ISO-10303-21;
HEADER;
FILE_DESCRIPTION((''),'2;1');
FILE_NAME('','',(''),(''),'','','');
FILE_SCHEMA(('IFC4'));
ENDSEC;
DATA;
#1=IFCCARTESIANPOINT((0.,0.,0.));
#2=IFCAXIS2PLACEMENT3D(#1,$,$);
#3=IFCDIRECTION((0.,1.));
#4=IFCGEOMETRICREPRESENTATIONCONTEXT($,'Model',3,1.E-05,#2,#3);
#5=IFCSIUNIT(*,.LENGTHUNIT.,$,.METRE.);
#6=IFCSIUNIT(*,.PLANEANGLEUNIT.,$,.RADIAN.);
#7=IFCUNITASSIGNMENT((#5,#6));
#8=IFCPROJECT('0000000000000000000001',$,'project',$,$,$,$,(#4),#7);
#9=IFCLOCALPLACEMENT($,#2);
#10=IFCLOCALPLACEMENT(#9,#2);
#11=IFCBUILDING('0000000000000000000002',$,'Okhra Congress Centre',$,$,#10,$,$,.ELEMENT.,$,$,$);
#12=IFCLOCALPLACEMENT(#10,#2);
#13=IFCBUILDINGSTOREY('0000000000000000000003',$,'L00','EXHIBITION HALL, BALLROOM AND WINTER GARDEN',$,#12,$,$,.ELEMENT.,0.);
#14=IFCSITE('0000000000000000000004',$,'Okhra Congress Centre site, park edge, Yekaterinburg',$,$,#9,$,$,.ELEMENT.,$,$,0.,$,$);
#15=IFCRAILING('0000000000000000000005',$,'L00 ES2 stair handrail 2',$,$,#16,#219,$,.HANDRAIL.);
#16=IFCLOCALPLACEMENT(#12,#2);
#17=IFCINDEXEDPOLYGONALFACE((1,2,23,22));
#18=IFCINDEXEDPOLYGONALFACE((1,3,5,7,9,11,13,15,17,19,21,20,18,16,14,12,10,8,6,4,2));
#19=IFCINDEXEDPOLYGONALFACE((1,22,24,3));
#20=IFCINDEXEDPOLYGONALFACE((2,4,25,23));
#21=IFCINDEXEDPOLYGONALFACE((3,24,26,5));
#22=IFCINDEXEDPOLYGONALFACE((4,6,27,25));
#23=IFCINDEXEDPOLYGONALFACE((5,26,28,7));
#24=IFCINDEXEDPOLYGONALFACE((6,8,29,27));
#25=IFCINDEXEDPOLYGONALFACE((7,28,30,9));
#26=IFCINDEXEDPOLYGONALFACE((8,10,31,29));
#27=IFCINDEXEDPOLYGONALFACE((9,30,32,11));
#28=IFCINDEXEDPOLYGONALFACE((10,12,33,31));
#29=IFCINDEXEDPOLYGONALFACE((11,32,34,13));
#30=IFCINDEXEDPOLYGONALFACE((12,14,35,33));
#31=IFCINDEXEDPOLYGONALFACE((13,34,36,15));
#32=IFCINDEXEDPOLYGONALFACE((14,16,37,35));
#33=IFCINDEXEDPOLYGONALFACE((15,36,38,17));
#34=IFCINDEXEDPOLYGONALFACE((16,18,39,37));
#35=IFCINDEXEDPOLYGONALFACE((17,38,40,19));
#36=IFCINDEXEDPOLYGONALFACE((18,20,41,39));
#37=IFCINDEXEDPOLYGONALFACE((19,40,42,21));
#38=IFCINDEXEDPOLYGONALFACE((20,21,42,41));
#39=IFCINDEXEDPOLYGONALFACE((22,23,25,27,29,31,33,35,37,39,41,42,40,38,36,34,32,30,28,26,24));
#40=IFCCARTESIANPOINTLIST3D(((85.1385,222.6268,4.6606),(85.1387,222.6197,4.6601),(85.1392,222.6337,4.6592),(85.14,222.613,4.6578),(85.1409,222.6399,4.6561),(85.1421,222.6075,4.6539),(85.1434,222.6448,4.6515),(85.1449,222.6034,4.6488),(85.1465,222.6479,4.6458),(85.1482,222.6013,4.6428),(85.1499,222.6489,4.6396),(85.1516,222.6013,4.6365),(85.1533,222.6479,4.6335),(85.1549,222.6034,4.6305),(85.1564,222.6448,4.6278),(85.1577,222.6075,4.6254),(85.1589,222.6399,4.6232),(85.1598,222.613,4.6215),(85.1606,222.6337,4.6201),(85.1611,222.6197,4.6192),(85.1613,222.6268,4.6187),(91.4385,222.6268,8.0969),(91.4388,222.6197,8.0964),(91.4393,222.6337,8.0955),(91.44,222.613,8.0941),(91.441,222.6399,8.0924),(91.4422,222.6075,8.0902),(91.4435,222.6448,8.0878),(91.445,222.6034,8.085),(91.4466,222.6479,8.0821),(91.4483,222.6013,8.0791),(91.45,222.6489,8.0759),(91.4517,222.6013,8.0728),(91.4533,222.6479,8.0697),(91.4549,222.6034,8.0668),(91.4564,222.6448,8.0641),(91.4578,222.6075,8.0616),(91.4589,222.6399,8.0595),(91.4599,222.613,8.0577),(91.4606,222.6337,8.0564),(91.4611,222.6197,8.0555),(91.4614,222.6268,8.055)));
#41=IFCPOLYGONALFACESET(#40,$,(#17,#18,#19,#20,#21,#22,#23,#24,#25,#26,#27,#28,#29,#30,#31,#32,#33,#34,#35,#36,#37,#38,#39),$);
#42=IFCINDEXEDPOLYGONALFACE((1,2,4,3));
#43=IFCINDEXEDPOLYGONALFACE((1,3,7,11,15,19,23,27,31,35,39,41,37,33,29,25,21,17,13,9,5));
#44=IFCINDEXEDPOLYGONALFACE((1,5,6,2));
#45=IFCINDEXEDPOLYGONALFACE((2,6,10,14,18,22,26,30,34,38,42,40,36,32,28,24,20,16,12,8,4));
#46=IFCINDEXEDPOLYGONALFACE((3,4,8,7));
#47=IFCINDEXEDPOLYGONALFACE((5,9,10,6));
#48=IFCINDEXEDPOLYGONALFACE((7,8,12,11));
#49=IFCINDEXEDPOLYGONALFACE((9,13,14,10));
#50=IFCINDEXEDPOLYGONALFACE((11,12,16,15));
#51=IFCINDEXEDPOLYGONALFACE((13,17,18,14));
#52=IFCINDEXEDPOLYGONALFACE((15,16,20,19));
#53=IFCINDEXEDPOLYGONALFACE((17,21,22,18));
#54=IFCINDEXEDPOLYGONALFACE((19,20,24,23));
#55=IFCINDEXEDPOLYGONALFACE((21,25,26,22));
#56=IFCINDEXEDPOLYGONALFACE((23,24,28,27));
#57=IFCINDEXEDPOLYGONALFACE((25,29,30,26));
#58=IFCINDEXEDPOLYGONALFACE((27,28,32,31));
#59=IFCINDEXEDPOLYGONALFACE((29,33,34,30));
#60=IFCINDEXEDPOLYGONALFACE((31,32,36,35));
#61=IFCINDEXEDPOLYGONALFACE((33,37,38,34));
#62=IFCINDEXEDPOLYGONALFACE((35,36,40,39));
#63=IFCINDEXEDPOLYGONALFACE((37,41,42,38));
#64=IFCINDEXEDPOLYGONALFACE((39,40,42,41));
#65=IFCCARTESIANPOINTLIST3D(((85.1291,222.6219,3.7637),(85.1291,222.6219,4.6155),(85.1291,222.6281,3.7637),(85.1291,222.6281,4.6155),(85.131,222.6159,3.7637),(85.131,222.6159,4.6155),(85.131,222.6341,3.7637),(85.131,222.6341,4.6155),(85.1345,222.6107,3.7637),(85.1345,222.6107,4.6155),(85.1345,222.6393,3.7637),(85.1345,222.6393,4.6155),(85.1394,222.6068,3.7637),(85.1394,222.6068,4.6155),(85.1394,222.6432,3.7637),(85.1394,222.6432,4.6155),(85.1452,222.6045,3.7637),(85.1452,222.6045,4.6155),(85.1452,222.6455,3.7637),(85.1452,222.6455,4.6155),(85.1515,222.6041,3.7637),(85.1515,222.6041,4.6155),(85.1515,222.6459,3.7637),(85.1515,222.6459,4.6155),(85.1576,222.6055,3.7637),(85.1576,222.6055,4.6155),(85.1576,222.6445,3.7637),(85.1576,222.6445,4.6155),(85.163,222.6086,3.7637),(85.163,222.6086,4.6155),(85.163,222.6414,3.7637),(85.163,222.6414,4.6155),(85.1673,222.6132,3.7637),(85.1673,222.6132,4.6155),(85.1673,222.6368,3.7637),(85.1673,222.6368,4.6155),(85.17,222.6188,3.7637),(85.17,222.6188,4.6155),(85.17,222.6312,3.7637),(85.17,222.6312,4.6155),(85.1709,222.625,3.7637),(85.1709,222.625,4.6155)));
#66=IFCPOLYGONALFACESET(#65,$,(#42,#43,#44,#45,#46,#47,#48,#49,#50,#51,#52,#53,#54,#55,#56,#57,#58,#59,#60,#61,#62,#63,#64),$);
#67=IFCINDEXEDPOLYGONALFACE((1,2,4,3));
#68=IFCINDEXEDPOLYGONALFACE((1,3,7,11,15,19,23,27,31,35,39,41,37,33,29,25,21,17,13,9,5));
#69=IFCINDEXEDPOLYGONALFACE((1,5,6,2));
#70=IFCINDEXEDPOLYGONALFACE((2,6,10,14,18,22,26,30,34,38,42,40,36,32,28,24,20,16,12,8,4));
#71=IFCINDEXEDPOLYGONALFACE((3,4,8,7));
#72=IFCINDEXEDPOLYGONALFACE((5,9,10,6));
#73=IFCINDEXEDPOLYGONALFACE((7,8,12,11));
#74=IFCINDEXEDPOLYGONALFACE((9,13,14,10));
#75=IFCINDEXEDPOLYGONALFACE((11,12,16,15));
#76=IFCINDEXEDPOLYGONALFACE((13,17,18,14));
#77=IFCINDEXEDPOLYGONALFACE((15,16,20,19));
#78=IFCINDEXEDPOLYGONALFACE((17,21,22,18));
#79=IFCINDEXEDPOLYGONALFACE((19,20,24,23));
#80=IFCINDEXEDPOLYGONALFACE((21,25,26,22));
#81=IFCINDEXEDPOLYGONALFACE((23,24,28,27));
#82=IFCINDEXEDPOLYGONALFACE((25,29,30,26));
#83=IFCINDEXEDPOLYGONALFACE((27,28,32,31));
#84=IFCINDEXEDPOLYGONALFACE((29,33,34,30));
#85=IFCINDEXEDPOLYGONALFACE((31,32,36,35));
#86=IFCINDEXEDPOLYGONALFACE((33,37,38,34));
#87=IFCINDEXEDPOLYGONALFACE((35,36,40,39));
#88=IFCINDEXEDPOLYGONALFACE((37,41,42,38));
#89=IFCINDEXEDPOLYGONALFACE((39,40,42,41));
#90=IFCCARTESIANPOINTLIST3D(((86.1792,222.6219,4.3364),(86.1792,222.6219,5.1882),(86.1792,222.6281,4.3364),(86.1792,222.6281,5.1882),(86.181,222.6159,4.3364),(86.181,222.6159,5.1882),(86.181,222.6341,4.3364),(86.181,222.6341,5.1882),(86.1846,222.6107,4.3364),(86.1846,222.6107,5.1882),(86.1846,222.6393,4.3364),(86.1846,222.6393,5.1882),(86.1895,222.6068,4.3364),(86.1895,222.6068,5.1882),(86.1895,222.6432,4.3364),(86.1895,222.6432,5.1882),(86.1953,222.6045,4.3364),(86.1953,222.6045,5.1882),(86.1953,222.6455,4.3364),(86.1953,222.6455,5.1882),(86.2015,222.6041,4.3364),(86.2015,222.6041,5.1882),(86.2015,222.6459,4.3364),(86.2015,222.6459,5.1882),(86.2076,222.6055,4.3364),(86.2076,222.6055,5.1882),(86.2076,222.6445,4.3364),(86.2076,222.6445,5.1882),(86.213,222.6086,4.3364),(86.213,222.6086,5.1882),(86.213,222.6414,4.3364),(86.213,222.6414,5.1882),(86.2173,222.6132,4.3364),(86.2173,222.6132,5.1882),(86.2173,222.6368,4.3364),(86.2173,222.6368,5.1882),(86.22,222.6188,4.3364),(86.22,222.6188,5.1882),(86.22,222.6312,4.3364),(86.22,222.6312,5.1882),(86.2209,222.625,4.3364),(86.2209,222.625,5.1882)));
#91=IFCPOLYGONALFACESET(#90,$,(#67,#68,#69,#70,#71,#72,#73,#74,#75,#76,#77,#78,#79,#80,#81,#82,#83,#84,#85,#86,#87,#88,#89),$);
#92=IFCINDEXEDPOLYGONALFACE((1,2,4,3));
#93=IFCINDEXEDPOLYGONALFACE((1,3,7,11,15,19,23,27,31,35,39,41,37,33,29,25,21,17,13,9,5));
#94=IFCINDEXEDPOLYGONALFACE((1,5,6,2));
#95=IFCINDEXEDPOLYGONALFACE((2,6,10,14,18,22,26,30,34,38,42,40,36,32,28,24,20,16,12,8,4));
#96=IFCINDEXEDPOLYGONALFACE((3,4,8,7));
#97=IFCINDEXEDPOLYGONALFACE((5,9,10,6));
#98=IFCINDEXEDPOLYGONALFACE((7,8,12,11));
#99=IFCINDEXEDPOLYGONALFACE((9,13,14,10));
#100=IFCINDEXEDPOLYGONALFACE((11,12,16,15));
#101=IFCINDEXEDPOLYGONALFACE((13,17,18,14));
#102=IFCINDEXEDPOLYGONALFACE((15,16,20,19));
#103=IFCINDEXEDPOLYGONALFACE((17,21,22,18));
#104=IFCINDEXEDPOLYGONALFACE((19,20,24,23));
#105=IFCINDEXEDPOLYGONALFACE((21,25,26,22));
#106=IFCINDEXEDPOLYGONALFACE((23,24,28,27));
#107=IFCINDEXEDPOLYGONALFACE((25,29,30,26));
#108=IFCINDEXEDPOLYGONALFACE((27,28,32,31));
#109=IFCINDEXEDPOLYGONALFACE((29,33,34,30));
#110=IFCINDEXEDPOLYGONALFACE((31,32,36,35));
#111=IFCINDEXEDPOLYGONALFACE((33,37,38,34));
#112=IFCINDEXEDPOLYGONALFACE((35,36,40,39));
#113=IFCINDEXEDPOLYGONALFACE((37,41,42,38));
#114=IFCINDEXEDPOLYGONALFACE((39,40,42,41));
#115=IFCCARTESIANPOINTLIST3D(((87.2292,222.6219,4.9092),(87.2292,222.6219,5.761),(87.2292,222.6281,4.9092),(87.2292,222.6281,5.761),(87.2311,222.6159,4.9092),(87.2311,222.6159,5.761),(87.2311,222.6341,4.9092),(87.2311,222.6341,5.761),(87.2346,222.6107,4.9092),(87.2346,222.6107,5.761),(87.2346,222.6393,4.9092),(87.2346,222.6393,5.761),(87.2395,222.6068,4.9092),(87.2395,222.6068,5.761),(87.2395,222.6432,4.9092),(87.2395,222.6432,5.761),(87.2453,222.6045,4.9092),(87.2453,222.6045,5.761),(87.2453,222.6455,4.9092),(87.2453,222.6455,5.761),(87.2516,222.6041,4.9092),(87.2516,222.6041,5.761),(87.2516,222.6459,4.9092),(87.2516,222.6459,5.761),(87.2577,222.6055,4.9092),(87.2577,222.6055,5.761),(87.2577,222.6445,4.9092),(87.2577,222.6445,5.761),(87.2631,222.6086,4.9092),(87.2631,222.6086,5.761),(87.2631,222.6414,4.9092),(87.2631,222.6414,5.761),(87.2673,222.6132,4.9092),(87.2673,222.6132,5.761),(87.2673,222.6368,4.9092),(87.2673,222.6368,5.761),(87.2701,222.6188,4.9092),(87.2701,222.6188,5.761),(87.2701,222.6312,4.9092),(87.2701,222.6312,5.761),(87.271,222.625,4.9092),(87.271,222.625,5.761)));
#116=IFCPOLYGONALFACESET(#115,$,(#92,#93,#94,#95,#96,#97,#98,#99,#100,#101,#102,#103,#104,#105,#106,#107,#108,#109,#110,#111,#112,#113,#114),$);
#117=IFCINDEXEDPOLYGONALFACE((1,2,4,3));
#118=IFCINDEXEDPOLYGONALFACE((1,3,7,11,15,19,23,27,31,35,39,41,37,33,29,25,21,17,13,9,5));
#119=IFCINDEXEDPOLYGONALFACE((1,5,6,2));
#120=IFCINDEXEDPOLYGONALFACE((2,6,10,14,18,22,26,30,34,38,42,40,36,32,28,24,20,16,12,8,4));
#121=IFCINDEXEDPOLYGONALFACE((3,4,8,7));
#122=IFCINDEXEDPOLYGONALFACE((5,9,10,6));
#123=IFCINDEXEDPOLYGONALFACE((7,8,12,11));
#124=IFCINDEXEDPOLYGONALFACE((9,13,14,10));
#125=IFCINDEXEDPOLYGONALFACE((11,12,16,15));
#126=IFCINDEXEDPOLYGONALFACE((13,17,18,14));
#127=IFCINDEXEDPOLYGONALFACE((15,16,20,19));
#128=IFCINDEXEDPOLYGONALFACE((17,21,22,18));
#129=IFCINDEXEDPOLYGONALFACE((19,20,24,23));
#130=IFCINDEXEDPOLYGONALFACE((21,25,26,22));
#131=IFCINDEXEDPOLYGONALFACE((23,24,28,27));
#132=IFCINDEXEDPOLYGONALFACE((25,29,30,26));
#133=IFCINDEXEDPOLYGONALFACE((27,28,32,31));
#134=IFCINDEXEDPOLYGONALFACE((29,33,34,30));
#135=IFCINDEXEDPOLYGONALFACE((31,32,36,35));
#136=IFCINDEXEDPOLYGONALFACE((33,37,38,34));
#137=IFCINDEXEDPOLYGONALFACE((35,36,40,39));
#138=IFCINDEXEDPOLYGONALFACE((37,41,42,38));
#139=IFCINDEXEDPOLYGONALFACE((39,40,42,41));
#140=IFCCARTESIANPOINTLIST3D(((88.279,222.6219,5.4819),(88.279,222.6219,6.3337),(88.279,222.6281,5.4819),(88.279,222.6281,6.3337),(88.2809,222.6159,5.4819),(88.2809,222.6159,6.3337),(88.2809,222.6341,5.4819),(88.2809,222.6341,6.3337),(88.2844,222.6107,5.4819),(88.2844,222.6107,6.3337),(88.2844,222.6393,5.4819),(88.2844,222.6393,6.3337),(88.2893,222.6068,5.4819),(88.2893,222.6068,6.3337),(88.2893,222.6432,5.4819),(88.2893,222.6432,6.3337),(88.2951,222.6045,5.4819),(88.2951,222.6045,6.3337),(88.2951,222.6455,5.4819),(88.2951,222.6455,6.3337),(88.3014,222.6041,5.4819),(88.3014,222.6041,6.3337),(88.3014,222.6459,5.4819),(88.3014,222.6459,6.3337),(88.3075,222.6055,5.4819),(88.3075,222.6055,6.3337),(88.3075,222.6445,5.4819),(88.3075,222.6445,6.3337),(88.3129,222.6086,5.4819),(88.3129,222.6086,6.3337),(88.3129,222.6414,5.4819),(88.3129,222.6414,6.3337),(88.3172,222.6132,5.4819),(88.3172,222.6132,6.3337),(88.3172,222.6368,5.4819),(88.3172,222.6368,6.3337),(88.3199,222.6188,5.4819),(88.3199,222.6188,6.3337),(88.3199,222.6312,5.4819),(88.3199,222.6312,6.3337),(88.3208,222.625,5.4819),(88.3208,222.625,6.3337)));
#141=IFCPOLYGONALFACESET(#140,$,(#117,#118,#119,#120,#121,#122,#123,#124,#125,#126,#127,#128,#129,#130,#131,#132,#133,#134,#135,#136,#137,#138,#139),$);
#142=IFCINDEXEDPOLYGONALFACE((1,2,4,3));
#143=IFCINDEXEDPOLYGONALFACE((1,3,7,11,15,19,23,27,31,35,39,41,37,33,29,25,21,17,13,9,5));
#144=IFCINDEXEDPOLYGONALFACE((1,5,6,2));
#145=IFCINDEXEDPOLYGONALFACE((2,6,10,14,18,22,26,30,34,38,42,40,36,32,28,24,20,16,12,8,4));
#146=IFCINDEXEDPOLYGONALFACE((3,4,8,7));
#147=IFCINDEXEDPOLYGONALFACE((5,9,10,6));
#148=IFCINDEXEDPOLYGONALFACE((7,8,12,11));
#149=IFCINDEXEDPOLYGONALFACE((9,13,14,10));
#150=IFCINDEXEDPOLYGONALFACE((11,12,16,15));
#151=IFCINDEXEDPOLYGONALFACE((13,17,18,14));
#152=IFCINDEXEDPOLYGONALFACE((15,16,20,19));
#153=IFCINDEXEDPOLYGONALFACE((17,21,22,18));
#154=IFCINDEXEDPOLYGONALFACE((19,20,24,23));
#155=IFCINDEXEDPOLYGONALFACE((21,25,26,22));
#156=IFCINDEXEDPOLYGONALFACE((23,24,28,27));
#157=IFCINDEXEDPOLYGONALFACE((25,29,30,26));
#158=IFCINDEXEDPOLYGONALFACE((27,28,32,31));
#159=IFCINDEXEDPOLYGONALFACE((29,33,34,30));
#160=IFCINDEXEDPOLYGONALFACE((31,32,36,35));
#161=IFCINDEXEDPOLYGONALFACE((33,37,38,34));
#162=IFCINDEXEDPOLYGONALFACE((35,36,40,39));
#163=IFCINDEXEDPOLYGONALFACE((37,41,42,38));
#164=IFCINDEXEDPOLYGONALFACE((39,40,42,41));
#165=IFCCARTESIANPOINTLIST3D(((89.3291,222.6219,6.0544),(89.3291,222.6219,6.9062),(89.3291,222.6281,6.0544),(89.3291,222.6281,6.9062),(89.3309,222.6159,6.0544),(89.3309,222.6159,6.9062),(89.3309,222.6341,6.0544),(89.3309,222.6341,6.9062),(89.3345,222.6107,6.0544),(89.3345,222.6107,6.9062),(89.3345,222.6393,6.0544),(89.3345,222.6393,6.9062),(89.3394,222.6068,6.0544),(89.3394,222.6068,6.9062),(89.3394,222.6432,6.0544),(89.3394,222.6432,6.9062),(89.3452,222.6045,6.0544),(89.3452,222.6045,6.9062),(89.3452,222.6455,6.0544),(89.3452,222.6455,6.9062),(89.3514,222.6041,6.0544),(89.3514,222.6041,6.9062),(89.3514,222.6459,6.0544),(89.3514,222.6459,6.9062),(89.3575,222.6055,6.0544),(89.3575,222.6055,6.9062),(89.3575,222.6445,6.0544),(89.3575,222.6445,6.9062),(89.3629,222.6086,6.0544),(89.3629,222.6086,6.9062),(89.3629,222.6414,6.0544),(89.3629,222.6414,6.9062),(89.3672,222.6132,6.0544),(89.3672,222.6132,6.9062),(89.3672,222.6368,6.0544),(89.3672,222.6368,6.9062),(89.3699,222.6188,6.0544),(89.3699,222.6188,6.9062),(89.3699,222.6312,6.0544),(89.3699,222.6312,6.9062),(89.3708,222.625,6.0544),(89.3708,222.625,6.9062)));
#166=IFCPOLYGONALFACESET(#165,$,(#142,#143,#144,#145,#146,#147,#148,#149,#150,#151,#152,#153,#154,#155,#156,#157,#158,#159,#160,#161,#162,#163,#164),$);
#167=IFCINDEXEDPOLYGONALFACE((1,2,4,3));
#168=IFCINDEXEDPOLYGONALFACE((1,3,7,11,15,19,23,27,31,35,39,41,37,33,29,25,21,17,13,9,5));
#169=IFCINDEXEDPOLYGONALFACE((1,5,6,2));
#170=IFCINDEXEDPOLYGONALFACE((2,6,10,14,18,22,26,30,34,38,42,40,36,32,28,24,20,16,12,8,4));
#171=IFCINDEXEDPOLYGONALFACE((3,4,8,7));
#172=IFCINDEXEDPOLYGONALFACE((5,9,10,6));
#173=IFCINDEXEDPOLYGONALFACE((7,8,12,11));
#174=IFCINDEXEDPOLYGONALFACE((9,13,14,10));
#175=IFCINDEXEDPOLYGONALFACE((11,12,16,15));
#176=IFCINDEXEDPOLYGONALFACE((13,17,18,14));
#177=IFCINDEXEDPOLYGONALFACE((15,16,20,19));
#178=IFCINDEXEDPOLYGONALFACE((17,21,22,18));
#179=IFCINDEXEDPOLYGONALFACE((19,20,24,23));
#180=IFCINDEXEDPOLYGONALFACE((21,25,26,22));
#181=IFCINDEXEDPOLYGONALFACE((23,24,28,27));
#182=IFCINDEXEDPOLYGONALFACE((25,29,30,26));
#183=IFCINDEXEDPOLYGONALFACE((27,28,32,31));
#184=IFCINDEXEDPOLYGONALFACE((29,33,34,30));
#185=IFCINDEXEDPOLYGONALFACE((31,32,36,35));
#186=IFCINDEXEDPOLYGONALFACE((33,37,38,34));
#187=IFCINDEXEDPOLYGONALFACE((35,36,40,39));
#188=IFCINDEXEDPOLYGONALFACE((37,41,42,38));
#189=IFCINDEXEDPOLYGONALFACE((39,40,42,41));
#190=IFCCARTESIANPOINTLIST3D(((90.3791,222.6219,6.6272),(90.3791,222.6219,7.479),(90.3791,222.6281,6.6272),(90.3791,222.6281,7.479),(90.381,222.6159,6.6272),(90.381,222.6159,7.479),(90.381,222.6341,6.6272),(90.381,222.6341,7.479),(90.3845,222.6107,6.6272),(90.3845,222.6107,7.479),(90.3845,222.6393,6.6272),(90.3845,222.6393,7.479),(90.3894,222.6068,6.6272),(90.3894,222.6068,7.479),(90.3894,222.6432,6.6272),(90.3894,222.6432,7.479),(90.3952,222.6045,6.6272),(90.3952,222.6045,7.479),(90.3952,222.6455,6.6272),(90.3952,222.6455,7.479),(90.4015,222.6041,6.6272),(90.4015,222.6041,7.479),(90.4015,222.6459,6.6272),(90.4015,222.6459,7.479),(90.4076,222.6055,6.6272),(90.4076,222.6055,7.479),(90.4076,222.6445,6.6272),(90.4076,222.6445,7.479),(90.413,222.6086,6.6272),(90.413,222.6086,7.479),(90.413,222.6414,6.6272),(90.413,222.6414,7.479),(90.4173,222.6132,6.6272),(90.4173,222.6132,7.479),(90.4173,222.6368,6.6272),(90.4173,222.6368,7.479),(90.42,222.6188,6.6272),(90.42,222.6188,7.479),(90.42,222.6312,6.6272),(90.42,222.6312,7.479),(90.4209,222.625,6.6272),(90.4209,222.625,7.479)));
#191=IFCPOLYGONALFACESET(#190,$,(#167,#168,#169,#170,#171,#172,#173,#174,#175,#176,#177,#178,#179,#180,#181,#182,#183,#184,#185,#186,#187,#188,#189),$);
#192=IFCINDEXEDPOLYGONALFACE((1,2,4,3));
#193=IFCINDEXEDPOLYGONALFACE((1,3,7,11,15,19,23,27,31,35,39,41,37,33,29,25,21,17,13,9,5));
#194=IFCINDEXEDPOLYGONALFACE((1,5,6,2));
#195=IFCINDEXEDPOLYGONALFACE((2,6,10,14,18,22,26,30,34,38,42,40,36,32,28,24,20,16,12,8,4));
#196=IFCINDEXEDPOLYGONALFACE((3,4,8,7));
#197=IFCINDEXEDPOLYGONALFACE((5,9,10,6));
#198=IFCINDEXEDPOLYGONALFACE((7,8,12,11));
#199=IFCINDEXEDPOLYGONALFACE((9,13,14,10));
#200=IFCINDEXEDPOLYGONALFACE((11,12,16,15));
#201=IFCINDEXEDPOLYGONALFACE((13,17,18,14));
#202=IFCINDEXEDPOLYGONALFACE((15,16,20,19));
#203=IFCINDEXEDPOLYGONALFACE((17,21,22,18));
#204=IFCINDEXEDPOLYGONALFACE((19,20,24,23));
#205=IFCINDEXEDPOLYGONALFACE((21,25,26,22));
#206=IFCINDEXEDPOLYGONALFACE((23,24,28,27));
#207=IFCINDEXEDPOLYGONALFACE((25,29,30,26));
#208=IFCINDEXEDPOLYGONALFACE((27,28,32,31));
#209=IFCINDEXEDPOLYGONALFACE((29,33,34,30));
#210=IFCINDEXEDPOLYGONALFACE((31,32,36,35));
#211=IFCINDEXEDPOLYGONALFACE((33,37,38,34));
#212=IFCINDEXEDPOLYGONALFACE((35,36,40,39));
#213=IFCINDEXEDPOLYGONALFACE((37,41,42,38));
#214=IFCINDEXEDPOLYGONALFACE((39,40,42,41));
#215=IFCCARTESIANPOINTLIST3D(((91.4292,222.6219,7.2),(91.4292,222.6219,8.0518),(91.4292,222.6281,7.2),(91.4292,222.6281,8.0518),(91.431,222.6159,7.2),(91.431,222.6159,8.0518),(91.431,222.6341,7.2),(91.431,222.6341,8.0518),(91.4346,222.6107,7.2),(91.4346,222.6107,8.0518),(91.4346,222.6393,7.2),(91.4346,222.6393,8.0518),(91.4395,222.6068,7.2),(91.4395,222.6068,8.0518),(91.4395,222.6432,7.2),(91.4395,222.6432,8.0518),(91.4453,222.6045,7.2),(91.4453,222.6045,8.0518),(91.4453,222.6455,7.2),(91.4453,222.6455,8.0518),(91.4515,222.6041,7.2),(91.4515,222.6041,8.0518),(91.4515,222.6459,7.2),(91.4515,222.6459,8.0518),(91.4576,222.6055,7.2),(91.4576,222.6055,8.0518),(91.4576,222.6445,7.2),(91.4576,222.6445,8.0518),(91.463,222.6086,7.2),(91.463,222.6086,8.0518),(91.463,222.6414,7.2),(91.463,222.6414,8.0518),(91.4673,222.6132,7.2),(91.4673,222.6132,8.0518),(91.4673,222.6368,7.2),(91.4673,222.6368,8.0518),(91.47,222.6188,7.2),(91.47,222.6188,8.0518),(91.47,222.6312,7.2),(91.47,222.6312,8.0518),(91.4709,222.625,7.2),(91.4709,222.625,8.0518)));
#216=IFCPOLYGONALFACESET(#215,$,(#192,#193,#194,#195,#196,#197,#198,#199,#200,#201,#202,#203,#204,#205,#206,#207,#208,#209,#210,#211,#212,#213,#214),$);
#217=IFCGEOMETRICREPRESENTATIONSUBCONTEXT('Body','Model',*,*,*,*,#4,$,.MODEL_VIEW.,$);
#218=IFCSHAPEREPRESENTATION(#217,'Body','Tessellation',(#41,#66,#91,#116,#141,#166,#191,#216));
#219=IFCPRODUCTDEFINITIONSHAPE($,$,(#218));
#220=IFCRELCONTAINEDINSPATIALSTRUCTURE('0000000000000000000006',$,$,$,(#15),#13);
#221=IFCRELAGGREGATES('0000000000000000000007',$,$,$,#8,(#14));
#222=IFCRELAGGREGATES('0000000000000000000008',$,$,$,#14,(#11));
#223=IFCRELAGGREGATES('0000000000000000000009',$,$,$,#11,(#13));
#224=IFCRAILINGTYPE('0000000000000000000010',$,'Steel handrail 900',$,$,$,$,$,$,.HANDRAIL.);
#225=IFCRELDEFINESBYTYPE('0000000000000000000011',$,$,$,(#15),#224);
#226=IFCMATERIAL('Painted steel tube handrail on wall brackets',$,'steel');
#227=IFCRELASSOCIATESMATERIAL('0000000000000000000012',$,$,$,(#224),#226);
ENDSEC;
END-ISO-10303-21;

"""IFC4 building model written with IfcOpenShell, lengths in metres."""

from ifc_helpers import new_model, si_unit, direction, frame, origin, origin_2d, place, context, subcontext, project, spatial, circle, extrude, material, type_object, element, save


model = new_model("IFC4")

# Units and contexts
model_context = context("Model", 3, precision=1e-05, world=origin(), true_north=direction((0.0, 1.0)))
body_context = subcontext(model_context, "Body", "Model", "MODEL_VIEW")
ifc_project = project(units=[si_unit("LENGTHUNIT", "METRE"), si_unit("PLANEANGLEUNIT", "RADIAN")], contexts=[model_context])

# Site, building, storey
site_placement = place(None, origin())
site = spatial("IfcSite", under=ifc_project, at=site_placement, Name="Okhra Congress Centre site, park edge, Yekaterinburg", CompositionType="ELEMENT", RefElevation=0.0)
building_placement = place(site_placement, origin())
building = spatial("IfcBuilding", under=site, at=building_placement, Name="Okhra Congress Centre", CompositionType="ELEMENT")
storey_placement = place(building_placement, origin())
storey = spatial("IfcBuildingStorey", under=building, at=storey_placement, Name="L00", Description="EXHIBITION HALL, BALLROOM AND WINTER GARDEN", CompositionType="ELEMENT", Elevation=0.0)

# Railing
ifc_material_1 = material(Name="Painted steel tube handrail on wall brackets", Category="steel")
railing_type_1 = type_object("IfcRailingType", Name="Steel handrail 900", PredefinedType="HANDRAIL", material=ifc_material_1)
railing_1_placement = place(storey_placement, frame((85.1499, 222.625, 3.7637)))
element("IfcRailing", 1, at=railing_1_placement, inside=storey, type_object=railing_type_1, Name="L00 ES2 stair handrail 2", PredefinedType="HANDRAIL", context=body_context, shape_type="SweptSolid", body=[
    extrude(circle(Radius=0.0239, at=origin_2d()), frame((0.0, 0.0, 0.876), z_axis=(0.877902, 0.0, 0.47884), x_axis=(0.0, 1.0, 0.0)), (0.0, 0.0, 1.0), 7.1763),
    extrude(circle(Radius=0.021, at=origin_2d()), origin(), (0.0, 0.0, 1.0), 0.8518),
    extrude(circle(Radius=0.021, at=origin_2d()), frame((1.05, 0.0, 0.5728)), (0.0, 0.0, 1.0), 0.8518),
    extrude(circle(Radius=0.021, at=origin_2d()), frame((2.1001, 0.0, 1.1455)), (0.0, 0.0, 1.0), 0.8518),
    extrude(circle(Radius=0.021, at=origin_2d()), frame((3.1499, 0.0, 1.7183)), (0.0, 0.0, 1.0), 0.8518),
    extrude(circle(Radius=0.021, at=origin_2d()), frame((4.2, 0.0, 2.2908)), (0.0, 0.0, 1.0), 0.8518),
    extrude(circle(Radius=0.021, at=origin_2d()), frame((5.25, 0.0, 2.8635)), (0.0, 0.0, 1.0), 0.8518),
    extrude(circle(Radius=0.021, at=origin_2d()), frame((6.3, 0.0, 3.4363)), (0.0, 0.0, 1.0), 0.8518),
])

save(model, "model.ifc")
